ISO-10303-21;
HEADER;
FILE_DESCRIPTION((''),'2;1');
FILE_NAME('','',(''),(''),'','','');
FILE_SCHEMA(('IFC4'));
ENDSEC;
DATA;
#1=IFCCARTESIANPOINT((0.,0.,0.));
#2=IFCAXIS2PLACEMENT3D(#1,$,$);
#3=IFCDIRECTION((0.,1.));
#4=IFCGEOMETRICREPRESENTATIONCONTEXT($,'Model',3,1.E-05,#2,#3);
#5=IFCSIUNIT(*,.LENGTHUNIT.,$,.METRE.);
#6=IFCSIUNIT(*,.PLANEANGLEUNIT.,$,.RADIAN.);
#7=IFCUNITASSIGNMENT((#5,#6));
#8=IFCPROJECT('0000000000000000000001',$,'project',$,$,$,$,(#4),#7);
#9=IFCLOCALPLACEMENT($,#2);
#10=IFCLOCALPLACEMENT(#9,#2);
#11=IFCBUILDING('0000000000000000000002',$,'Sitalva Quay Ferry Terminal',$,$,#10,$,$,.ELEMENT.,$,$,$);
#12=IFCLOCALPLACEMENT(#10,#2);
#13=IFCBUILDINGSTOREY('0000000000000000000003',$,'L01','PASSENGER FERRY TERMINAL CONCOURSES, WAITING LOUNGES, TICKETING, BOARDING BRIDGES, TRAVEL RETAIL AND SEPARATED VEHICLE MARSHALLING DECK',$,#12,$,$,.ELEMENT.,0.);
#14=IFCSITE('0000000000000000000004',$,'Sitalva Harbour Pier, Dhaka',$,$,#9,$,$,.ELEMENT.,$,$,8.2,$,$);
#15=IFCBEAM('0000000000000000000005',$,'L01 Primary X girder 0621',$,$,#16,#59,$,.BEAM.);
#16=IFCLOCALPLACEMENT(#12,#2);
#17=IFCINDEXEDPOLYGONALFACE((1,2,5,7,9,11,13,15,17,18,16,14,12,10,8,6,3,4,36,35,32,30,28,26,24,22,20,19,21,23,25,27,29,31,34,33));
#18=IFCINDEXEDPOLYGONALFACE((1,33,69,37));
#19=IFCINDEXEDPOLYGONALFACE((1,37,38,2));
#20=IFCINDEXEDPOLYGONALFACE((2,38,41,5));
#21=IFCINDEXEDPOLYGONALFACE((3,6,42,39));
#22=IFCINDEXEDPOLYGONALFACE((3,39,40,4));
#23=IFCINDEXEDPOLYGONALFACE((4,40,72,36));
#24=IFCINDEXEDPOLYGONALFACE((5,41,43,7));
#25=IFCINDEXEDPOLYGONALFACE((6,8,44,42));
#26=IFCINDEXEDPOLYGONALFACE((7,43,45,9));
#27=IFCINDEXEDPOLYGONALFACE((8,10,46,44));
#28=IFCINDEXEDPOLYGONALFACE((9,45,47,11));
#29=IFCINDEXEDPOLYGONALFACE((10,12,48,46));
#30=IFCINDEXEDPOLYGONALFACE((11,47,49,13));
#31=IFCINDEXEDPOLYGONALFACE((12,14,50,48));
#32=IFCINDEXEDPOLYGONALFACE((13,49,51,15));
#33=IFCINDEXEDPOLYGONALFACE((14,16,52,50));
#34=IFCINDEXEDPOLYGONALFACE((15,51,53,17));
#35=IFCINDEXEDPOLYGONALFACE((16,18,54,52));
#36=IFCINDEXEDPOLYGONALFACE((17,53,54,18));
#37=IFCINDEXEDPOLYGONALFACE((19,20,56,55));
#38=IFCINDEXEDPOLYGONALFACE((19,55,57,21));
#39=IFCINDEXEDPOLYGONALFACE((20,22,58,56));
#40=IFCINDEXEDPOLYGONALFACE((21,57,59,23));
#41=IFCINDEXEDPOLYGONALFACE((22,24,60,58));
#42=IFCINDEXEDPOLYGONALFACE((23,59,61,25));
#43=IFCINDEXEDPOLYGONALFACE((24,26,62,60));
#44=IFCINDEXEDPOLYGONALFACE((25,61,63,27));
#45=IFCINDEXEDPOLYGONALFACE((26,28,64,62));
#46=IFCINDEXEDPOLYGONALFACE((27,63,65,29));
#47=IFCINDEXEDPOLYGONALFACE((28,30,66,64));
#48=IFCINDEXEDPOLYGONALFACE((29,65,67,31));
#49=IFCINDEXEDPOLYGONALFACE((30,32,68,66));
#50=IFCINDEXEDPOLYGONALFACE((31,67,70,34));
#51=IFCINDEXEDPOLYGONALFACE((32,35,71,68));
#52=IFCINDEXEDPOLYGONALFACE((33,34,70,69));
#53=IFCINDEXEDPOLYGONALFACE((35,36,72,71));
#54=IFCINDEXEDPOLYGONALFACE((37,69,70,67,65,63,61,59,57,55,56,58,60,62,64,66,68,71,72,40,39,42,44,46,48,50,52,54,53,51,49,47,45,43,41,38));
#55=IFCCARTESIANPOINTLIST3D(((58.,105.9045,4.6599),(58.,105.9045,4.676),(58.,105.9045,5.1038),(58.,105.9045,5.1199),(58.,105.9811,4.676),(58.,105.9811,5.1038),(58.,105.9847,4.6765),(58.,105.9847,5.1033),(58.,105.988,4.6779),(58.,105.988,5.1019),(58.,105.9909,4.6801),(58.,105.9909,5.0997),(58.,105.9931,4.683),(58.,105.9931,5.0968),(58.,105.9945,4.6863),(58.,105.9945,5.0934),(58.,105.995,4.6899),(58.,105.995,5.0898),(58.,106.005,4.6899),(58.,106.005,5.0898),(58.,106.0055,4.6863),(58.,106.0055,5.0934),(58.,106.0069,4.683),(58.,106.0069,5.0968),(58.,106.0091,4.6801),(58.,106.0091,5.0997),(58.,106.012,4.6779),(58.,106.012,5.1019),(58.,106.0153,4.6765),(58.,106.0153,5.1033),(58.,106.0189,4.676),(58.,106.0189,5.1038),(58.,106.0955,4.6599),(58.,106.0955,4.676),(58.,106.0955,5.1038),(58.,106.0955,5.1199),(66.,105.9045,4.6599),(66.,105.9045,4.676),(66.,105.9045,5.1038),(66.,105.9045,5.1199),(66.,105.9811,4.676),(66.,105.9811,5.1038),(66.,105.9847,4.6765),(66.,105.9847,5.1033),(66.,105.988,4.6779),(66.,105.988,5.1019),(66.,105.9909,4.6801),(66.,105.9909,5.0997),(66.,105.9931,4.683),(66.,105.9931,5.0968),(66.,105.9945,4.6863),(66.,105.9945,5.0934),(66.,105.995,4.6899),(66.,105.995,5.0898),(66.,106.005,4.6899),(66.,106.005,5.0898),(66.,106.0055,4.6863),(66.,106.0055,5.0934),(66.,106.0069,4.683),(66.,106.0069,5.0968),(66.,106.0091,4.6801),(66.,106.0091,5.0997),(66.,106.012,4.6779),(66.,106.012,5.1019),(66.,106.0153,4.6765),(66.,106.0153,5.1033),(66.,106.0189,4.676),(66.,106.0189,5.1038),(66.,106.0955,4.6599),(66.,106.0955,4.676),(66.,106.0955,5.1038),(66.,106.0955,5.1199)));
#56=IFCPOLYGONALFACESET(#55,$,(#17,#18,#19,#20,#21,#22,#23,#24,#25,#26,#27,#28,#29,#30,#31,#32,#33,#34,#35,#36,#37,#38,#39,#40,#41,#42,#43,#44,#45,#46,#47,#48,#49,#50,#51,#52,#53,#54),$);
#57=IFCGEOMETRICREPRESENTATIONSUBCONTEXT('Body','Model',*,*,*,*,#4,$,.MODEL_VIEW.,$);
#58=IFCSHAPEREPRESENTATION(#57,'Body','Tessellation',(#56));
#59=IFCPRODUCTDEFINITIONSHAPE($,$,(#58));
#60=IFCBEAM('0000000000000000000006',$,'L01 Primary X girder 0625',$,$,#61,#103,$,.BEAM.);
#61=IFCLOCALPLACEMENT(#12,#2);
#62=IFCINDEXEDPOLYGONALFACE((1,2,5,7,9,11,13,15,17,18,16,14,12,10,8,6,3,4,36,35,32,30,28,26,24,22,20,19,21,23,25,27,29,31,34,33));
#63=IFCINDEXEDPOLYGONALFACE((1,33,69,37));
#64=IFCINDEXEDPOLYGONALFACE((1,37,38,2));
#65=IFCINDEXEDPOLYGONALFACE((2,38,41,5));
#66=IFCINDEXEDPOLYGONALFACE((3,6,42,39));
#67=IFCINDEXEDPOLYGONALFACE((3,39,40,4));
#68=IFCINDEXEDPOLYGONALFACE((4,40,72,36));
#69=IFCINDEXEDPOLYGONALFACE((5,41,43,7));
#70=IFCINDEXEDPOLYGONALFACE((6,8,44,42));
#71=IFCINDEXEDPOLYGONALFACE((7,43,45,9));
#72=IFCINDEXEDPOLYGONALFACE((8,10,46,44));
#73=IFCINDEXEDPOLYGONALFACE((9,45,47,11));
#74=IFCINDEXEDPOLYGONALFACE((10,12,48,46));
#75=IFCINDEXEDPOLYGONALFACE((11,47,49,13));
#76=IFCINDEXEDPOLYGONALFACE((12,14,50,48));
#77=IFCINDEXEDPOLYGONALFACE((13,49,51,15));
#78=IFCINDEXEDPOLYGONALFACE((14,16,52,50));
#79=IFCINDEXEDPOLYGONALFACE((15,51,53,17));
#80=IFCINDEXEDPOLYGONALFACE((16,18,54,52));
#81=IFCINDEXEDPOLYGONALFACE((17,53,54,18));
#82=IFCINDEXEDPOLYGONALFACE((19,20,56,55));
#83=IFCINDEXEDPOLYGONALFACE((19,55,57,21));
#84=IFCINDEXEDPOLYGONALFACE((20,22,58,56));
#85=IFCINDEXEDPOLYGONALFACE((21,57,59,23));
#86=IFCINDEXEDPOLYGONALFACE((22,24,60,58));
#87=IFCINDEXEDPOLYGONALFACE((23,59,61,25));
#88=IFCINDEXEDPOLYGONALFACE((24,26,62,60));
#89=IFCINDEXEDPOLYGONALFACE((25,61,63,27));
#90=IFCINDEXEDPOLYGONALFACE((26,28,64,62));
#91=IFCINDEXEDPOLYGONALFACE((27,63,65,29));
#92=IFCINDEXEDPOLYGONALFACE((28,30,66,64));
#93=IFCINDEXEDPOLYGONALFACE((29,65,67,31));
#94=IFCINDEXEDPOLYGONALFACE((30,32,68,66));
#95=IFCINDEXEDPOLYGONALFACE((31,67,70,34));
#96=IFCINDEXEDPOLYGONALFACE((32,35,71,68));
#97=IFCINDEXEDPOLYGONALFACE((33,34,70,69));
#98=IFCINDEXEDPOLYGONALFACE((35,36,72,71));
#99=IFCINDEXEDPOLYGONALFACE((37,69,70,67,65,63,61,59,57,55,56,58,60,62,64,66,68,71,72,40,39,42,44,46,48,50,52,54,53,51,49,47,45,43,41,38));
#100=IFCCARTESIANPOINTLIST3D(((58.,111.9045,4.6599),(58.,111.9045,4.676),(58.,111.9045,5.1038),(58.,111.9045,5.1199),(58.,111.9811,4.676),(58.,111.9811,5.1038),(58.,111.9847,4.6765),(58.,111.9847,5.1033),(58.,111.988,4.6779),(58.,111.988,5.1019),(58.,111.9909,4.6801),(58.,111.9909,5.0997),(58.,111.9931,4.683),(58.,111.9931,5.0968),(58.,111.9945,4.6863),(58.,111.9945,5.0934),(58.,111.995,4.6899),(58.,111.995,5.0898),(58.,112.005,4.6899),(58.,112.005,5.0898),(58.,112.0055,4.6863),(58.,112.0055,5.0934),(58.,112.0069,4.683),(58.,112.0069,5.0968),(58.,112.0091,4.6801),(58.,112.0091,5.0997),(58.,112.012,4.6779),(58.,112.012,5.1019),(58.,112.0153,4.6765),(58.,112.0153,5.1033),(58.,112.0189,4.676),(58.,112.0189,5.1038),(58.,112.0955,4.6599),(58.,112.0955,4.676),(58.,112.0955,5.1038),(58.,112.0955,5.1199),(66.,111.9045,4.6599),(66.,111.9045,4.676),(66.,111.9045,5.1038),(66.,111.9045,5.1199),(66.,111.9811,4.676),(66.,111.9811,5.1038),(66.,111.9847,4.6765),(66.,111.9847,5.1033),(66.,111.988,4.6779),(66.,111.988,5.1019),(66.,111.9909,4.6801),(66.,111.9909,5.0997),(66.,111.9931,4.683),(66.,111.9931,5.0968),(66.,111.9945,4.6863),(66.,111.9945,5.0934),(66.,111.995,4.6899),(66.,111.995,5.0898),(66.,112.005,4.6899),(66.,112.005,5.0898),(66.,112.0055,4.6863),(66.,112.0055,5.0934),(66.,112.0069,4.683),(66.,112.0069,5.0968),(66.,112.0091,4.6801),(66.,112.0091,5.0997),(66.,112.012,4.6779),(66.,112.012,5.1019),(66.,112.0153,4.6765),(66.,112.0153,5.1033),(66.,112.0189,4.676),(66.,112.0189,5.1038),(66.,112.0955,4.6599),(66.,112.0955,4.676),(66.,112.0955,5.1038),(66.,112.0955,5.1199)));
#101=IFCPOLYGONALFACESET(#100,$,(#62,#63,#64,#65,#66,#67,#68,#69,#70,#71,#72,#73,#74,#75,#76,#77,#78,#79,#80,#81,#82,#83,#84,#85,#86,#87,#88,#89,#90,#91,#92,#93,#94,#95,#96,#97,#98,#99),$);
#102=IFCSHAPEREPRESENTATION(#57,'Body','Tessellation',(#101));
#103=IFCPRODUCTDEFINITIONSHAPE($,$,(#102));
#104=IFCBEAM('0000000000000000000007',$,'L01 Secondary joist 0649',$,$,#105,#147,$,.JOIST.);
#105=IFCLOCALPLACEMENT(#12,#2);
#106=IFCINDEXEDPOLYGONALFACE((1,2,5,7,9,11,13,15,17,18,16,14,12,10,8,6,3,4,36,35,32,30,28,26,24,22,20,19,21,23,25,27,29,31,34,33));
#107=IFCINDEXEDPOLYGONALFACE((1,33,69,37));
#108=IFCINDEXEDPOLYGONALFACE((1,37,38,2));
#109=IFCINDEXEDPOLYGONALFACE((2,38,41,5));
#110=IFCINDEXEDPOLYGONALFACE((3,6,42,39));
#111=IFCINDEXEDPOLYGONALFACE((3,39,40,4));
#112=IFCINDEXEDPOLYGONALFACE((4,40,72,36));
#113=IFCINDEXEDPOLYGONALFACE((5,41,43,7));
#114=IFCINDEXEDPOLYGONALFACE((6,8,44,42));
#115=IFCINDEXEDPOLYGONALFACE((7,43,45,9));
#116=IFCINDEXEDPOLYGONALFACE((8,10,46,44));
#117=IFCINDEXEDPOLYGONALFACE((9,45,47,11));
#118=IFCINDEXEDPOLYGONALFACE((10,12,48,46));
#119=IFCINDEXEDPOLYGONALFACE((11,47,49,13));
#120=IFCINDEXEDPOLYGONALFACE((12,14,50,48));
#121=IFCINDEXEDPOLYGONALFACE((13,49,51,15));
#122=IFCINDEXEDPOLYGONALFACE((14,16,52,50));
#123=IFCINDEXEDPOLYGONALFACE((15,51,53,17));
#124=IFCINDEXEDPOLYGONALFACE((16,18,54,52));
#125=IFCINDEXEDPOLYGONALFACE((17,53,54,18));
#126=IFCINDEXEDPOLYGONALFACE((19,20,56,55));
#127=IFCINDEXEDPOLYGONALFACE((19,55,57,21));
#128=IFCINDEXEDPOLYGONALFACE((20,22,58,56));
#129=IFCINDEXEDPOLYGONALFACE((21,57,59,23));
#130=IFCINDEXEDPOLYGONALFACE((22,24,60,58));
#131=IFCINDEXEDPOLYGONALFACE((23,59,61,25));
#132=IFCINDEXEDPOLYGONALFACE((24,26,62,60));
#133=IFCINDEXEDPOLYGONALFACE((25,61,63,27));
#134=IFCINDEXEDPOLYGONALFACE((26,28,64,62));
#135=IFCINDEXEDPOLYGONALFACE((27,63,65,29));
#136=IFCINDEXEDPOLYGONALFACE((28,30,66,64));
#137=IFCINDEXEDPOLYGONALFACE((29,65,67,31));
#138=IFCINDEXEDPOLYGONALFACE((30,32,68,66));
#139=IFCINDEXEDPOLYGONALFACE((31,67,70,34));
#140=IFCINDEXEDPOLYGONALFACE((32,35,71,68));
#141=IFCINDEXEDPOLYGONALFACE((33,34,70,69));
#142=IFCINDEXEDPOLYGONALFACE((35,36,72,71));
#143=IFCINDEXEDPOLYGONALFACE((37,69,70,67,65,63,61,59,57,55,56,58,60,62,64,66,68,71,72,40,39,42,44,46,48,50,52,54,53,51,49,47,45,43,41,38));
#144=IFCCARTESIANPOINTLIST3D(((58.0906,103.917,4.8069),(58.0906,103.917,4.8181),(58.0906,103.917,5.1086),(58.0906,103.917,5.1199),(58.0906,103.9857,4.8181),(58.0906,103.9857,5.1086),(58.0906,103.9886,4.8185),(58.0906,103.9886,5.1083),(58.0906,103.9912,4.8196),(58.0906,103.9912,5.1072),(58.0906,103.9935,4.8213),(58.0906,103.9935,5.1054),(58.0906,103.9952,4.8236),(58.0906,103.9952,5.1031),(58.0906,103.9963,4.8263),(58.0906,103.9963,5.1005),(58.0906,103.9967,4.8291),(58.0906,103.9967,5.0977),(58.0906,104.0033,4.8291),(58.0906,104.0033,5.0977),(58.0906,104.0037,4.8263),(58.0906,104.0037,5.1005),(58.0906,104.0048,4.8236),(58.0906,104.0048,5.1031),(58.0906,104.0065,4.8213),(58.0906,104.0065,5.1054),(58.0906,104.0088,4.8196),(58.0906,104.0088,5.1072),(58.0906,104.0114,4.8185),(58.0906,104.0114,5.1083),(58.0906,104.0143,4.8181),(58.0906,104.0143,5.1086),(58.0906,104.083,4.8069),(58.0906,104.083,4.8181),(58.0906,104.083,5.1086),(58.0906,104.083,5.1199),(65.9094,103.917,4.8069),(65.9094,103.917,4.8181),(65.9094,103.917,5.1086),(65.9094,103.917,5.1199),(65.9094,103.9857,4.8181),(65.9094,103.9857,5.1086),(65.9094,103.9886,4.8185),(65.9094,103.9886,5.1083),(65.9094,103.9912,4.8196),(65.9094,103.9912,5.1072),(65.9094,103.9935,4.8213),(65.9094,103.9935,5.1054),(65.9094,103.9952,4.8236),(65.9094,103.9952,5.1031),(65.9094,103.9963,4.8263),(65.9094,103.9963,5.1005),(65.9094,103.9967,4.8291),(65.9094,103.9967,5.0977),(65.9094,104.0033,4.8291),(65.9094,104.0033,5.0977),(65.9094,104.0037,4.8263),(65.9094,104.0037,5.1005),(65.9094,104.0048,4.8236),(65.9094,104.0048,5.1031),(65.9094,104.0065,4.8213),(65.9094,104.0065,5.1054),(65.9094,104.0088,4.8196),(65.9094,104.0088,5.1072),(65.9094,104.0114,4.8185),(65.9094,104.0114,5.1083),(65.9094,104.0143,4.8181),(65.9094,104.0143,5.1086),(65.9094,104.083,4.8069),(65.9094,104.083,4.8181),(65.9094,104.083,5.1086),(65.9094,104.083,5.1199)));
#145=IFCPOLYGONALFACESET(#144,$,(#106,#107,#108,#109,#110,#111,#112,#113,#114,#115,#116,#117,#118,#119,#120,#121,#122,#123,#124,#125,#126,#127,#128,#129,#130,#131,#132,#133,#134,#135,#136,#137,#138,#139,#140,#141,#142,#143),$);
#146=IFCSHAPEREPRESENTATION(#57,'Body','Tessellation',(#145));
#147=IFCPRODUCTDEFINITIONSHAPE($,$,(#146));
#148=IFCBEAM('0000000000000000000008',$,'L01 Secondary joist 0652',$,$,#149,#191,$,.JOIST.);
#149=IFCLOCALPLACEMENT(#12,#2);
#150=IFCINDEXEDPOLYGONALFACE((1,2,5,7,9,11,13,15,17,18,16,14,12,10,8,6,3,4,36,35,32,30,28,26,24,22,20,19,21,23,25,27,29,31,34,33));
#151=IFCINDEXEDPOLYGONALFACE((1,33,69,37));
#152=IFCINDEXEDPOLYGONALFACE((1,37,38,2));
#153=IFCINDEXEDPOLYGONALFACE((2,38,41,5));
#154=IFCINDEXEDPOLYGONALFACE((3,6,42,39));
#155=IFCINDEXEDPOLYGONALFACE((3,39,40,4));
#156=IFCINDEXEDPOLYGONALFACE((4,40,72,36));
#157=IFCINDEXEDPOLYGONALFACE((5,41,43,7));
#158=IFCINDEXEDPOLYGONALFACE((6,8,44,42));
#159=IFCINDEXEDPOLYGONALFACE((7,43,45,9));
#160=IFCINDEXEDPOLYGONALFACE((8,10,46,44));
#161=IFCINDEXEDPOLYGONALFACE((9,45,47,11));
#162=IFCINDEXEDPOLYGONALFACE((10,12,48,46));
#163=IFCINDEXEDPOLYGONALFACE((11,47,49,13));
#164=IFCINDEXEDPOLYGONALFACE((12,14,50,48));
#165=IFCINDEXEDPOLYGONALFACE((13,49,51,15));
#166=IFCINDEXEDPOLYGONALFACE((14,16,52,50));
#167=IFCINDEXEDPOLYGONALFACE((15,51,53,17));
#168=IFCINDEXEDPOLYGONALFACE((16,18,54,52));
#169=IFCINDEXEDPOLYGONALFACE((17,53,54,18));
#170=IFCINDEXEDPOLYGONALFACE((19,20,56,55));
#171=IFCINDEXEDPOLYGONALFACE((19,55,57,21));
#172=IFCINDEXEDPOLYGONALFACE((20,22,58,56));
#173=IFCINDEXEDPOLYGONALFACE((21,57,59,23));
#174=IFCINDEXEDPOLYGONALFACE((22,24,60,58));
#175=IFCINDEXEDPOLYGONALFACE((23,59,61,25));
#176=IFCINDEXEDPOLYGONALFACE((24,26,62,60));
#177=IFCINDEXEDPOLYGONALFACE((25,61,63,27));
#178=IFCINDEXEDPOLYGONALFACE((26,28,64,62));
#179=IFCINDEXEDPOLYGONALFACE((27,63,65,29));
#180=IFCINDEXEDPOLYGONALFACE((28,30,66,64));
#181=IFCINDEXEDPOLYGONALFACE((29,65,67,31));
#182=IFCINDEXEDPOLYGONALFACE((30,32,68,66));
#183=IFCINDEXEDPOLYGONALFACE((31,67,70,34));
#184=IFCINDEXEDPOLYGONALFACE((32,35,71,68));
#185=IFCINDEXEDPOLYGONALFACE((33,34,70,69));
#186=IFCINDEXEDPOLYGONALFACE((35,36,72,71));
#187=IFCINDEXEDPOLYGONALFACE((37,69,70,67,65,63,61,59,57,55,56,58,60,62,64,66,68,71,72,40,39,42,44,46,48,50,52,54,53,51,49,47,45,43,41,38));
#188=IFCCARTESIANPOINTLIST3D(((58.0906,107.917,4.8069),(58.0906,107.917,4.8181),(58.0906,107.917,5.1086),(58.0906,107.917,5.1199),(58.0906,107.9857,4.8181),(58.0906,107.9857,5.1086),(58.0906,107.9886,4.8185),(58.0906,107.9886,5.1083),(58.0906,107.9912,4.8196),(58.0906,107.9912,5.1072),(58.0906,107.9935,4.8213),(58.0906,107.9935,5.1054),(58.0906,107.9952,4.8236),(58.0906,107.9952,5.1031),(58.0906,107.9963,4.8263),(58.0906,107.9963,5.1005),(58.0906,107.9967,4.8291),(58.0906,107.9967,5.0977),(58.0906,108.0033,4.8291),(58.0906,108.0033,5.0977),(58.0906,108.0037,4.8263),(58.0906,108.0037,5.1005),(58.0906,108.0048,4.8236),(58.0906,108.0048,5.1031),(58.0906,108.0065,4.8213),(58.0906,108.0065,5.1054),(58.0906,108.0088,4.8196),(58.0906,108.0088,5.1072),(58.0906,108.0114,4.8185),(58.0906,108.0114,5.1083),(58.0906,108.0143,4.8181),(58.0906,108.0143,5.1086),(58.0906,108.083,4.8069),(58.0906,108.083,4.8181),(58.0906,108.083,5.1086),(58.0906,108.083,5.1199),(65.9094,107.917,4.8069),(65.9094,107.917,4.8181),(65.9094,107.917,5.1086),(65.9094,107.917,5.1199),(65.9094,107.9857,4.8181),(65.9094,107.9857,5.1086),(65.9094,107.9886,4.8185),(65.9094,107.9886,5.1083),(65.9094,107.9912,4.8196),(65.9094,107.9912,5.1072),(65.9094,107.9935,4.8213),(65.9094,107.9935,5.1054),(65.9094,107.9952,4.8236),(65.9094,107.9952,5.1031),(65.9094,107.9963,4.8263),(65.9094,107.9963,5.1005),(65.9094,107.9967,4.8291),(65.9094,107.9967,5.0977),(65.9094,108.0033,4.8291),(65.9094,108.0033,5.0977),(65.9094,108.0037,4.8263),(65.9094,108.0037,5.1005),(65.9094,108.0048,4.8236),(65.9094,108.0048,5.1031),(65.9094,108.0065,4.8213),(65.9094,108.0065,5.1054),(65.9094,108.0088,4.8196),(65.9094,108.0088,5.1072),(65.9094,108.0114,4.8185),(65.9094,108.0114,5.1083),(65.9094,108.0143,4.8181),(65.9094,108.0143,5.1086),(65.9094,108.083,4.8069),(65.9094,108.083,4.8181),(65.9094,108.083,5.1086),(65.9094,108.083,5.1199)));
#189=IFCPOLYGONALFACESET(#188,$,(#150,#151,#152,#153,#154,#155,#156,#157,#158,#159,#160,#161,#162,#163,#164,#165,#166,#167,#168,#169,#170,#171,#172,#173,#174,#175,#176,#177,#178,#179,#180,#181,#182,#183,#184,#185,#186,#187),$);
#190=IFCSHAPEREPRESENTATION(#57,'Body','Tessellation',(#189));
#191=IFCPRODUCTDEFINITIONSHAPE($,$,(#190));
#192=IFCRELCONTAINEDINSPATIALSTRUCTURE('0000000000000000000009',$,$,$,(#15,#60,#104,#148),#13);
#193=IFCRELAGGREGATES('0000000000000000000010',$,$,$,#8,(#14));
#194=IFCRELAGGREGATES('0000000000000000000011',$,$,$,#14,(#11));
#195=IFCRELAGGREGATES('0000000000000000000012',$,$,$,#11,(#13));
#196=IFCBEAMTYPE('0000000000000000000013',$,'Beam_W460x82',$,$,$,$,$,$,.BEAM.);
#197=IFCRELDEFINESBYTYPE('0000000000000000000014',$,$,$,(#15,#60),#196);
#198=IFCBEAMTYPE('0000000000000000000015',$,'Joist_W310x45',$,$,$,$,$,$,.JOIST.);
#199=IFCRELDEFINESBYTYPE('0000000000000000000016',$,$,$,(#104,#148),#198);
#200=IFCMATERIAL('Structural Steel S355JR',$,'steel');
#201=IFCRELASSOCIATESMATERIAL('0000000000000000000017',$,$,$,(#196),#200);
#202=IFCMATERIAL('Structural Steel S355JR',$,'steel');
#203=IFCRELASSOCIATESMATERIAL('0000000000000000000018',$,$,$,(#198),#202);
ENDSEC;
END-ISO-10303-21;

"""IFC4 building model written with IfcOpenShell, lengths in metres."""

from ifc_helpers import new_model, si_unit, direction, frame, origin, origin_2d, place, context, subcontext, project, spatial, i_section, extrude, material, material_profile, profile_set, type_object, element, save


model = new_model("IFC4")

# Units and contexts
model_context = context("Model", 3, precision=1e-05, world=origin(), true_north=direction((0.0, 1.0)))
body_context = subcontext(model_context, "Body", "Model", "MODEL_VIEW")
ifc_project = project(units=[si_unit("LENGTHUNIT", "METRE"), si_unit("PLANEANGLEUNIT", "RADIAN")], contexts=[model_context])

# Site, building, storey
site_placement = place(None, origin())
site = spatial("IfcSite", under=ifc_project, at=site_placement, Name="Sitalva Harbour Pier, Dhaka", CompositionType="ELEMENT", RefElevation=8.2)
building_placement = place(site_placement, origin())
building = spatial("IfcBuilding", under=site, at=building_placement, Name="Sitalva Quay Ferry Terminal", CompositionType="ELEMENT")
storey_placement = place(building_placement, origin())
storey = spatial("IfcBuildingStorey", under=building, at=storey_placement, Name="L01", Description="PASSENGER FERRY TERMINAL CONCOURSES, WAITING LOUNGES, TICKETING, BOARDING BRIDGES, TRAVEL RETAIL AND SEPARATED VEHICLE MARSHALLING DECK", CompositionType="ELEMENT", Elevation=0.0)

# Beams
ifc_material_1 = material(Name="Structural Steel S355JR", Category="steel")
ifc_material_profile_1 = material_profile(ifc_material_1, i_section(OverallWidth=0.1909, OverallDepth=0.46, WebThickness=0.01, FlangeThickness=0.0161, FilletRadius=0.0139, at=origin_2d()), Name="W460x82")
ifc_profile_set_1 = profile_set([ifc_material_profile_1], Name="Structural Steel S355JR")
beam_type_1 = type_object("IfcBeamType", Name="Beam_W460x82", PredefinedType="BEAM", material=ifc_profile_set_1)
for number, where, z_axis, x_axis, name in (
    (1, (58.0, 106.0, 4.8899), (1.0, 0.0, 0.0), (0.0, 1.0, 0.0), "L01 Primary X girder 0621"),
    (2, (58.0, 112.0, 4.8899), (1.0, 0.0, 0.0), (0.0, 1.0, 0.0), "L01 Primary X girder 0625"),
):
    element("IfcBeam", number, at=place(storey_placement, frame(where, z_axis=z_axis, x_axis=x_axis)), inside=storey, type_object=beam_type_1, Name=name, PredefinedType="BEAM", context=body_context, shape_type="SweptSolid", body=[
        extrude(i_section(OverallWidth=0.1909, OverallDepth=0.46, WebThickness=0.01, FlangeThickness=0.0161, FilletRadius=0.0139, at=origin_2d()), origin(), (0.0, 0.0, 1.0), 8.0),
    ])
ifc_material_2 = material(Name="Structural Steel S355JR", Category="steel")
ifc_material_profile_2 = material_profile(ifc_material_2, i_section(OverallWidth=0.166, OverallDepth=0.313, WebThickness=0.0066, FlangeThickness=0.0112, FilletRadius=0.011, at=origin_2d()), Name="W310x45")
ifc_profile_set_2 = profile_set([ifc_material_profile_2], Name="Structural Steel S355JR")
beam_type_2 = type_object("IfcBeamType", Name="Joist_W310x45", PredefinedType="JOIST", material=ifc_profile_set_2)
for number, where, z_axis, x_axis, name in (
    (3, (58.0906, 104.0, 4.9634), (1.0, 0.0, 0.0), (0.0, 1.0, 0.0), "L01 Secondary joist 0649"),
    (4, (58.0906, 108.0, 4.9634), (1.0, 0.0, 0.0), (0.0, 1.0, 0.0), "L01 Secondary joist 0652"),
):
    element("IfcBeam", number, at=place(storey_placement, frame(where, z_axis=z_axis, x_axis=x_axis)), inside=storey, type_object=beam_type_2, Name=name, PredefinedType="JOIST", context=body_context, shape_type="SweptSolid", body=[
        extrude(i_section(OverallWidth=0.166, OverallDepth=0.313, WebThickness=0.0066, FlangeThickness=0.0112, FilletRadius=0.011, at=origin_2d()), origin(), (0.0, 0.0, 1.0), 7.8188),
    ])

save(model, "model.ifc")
